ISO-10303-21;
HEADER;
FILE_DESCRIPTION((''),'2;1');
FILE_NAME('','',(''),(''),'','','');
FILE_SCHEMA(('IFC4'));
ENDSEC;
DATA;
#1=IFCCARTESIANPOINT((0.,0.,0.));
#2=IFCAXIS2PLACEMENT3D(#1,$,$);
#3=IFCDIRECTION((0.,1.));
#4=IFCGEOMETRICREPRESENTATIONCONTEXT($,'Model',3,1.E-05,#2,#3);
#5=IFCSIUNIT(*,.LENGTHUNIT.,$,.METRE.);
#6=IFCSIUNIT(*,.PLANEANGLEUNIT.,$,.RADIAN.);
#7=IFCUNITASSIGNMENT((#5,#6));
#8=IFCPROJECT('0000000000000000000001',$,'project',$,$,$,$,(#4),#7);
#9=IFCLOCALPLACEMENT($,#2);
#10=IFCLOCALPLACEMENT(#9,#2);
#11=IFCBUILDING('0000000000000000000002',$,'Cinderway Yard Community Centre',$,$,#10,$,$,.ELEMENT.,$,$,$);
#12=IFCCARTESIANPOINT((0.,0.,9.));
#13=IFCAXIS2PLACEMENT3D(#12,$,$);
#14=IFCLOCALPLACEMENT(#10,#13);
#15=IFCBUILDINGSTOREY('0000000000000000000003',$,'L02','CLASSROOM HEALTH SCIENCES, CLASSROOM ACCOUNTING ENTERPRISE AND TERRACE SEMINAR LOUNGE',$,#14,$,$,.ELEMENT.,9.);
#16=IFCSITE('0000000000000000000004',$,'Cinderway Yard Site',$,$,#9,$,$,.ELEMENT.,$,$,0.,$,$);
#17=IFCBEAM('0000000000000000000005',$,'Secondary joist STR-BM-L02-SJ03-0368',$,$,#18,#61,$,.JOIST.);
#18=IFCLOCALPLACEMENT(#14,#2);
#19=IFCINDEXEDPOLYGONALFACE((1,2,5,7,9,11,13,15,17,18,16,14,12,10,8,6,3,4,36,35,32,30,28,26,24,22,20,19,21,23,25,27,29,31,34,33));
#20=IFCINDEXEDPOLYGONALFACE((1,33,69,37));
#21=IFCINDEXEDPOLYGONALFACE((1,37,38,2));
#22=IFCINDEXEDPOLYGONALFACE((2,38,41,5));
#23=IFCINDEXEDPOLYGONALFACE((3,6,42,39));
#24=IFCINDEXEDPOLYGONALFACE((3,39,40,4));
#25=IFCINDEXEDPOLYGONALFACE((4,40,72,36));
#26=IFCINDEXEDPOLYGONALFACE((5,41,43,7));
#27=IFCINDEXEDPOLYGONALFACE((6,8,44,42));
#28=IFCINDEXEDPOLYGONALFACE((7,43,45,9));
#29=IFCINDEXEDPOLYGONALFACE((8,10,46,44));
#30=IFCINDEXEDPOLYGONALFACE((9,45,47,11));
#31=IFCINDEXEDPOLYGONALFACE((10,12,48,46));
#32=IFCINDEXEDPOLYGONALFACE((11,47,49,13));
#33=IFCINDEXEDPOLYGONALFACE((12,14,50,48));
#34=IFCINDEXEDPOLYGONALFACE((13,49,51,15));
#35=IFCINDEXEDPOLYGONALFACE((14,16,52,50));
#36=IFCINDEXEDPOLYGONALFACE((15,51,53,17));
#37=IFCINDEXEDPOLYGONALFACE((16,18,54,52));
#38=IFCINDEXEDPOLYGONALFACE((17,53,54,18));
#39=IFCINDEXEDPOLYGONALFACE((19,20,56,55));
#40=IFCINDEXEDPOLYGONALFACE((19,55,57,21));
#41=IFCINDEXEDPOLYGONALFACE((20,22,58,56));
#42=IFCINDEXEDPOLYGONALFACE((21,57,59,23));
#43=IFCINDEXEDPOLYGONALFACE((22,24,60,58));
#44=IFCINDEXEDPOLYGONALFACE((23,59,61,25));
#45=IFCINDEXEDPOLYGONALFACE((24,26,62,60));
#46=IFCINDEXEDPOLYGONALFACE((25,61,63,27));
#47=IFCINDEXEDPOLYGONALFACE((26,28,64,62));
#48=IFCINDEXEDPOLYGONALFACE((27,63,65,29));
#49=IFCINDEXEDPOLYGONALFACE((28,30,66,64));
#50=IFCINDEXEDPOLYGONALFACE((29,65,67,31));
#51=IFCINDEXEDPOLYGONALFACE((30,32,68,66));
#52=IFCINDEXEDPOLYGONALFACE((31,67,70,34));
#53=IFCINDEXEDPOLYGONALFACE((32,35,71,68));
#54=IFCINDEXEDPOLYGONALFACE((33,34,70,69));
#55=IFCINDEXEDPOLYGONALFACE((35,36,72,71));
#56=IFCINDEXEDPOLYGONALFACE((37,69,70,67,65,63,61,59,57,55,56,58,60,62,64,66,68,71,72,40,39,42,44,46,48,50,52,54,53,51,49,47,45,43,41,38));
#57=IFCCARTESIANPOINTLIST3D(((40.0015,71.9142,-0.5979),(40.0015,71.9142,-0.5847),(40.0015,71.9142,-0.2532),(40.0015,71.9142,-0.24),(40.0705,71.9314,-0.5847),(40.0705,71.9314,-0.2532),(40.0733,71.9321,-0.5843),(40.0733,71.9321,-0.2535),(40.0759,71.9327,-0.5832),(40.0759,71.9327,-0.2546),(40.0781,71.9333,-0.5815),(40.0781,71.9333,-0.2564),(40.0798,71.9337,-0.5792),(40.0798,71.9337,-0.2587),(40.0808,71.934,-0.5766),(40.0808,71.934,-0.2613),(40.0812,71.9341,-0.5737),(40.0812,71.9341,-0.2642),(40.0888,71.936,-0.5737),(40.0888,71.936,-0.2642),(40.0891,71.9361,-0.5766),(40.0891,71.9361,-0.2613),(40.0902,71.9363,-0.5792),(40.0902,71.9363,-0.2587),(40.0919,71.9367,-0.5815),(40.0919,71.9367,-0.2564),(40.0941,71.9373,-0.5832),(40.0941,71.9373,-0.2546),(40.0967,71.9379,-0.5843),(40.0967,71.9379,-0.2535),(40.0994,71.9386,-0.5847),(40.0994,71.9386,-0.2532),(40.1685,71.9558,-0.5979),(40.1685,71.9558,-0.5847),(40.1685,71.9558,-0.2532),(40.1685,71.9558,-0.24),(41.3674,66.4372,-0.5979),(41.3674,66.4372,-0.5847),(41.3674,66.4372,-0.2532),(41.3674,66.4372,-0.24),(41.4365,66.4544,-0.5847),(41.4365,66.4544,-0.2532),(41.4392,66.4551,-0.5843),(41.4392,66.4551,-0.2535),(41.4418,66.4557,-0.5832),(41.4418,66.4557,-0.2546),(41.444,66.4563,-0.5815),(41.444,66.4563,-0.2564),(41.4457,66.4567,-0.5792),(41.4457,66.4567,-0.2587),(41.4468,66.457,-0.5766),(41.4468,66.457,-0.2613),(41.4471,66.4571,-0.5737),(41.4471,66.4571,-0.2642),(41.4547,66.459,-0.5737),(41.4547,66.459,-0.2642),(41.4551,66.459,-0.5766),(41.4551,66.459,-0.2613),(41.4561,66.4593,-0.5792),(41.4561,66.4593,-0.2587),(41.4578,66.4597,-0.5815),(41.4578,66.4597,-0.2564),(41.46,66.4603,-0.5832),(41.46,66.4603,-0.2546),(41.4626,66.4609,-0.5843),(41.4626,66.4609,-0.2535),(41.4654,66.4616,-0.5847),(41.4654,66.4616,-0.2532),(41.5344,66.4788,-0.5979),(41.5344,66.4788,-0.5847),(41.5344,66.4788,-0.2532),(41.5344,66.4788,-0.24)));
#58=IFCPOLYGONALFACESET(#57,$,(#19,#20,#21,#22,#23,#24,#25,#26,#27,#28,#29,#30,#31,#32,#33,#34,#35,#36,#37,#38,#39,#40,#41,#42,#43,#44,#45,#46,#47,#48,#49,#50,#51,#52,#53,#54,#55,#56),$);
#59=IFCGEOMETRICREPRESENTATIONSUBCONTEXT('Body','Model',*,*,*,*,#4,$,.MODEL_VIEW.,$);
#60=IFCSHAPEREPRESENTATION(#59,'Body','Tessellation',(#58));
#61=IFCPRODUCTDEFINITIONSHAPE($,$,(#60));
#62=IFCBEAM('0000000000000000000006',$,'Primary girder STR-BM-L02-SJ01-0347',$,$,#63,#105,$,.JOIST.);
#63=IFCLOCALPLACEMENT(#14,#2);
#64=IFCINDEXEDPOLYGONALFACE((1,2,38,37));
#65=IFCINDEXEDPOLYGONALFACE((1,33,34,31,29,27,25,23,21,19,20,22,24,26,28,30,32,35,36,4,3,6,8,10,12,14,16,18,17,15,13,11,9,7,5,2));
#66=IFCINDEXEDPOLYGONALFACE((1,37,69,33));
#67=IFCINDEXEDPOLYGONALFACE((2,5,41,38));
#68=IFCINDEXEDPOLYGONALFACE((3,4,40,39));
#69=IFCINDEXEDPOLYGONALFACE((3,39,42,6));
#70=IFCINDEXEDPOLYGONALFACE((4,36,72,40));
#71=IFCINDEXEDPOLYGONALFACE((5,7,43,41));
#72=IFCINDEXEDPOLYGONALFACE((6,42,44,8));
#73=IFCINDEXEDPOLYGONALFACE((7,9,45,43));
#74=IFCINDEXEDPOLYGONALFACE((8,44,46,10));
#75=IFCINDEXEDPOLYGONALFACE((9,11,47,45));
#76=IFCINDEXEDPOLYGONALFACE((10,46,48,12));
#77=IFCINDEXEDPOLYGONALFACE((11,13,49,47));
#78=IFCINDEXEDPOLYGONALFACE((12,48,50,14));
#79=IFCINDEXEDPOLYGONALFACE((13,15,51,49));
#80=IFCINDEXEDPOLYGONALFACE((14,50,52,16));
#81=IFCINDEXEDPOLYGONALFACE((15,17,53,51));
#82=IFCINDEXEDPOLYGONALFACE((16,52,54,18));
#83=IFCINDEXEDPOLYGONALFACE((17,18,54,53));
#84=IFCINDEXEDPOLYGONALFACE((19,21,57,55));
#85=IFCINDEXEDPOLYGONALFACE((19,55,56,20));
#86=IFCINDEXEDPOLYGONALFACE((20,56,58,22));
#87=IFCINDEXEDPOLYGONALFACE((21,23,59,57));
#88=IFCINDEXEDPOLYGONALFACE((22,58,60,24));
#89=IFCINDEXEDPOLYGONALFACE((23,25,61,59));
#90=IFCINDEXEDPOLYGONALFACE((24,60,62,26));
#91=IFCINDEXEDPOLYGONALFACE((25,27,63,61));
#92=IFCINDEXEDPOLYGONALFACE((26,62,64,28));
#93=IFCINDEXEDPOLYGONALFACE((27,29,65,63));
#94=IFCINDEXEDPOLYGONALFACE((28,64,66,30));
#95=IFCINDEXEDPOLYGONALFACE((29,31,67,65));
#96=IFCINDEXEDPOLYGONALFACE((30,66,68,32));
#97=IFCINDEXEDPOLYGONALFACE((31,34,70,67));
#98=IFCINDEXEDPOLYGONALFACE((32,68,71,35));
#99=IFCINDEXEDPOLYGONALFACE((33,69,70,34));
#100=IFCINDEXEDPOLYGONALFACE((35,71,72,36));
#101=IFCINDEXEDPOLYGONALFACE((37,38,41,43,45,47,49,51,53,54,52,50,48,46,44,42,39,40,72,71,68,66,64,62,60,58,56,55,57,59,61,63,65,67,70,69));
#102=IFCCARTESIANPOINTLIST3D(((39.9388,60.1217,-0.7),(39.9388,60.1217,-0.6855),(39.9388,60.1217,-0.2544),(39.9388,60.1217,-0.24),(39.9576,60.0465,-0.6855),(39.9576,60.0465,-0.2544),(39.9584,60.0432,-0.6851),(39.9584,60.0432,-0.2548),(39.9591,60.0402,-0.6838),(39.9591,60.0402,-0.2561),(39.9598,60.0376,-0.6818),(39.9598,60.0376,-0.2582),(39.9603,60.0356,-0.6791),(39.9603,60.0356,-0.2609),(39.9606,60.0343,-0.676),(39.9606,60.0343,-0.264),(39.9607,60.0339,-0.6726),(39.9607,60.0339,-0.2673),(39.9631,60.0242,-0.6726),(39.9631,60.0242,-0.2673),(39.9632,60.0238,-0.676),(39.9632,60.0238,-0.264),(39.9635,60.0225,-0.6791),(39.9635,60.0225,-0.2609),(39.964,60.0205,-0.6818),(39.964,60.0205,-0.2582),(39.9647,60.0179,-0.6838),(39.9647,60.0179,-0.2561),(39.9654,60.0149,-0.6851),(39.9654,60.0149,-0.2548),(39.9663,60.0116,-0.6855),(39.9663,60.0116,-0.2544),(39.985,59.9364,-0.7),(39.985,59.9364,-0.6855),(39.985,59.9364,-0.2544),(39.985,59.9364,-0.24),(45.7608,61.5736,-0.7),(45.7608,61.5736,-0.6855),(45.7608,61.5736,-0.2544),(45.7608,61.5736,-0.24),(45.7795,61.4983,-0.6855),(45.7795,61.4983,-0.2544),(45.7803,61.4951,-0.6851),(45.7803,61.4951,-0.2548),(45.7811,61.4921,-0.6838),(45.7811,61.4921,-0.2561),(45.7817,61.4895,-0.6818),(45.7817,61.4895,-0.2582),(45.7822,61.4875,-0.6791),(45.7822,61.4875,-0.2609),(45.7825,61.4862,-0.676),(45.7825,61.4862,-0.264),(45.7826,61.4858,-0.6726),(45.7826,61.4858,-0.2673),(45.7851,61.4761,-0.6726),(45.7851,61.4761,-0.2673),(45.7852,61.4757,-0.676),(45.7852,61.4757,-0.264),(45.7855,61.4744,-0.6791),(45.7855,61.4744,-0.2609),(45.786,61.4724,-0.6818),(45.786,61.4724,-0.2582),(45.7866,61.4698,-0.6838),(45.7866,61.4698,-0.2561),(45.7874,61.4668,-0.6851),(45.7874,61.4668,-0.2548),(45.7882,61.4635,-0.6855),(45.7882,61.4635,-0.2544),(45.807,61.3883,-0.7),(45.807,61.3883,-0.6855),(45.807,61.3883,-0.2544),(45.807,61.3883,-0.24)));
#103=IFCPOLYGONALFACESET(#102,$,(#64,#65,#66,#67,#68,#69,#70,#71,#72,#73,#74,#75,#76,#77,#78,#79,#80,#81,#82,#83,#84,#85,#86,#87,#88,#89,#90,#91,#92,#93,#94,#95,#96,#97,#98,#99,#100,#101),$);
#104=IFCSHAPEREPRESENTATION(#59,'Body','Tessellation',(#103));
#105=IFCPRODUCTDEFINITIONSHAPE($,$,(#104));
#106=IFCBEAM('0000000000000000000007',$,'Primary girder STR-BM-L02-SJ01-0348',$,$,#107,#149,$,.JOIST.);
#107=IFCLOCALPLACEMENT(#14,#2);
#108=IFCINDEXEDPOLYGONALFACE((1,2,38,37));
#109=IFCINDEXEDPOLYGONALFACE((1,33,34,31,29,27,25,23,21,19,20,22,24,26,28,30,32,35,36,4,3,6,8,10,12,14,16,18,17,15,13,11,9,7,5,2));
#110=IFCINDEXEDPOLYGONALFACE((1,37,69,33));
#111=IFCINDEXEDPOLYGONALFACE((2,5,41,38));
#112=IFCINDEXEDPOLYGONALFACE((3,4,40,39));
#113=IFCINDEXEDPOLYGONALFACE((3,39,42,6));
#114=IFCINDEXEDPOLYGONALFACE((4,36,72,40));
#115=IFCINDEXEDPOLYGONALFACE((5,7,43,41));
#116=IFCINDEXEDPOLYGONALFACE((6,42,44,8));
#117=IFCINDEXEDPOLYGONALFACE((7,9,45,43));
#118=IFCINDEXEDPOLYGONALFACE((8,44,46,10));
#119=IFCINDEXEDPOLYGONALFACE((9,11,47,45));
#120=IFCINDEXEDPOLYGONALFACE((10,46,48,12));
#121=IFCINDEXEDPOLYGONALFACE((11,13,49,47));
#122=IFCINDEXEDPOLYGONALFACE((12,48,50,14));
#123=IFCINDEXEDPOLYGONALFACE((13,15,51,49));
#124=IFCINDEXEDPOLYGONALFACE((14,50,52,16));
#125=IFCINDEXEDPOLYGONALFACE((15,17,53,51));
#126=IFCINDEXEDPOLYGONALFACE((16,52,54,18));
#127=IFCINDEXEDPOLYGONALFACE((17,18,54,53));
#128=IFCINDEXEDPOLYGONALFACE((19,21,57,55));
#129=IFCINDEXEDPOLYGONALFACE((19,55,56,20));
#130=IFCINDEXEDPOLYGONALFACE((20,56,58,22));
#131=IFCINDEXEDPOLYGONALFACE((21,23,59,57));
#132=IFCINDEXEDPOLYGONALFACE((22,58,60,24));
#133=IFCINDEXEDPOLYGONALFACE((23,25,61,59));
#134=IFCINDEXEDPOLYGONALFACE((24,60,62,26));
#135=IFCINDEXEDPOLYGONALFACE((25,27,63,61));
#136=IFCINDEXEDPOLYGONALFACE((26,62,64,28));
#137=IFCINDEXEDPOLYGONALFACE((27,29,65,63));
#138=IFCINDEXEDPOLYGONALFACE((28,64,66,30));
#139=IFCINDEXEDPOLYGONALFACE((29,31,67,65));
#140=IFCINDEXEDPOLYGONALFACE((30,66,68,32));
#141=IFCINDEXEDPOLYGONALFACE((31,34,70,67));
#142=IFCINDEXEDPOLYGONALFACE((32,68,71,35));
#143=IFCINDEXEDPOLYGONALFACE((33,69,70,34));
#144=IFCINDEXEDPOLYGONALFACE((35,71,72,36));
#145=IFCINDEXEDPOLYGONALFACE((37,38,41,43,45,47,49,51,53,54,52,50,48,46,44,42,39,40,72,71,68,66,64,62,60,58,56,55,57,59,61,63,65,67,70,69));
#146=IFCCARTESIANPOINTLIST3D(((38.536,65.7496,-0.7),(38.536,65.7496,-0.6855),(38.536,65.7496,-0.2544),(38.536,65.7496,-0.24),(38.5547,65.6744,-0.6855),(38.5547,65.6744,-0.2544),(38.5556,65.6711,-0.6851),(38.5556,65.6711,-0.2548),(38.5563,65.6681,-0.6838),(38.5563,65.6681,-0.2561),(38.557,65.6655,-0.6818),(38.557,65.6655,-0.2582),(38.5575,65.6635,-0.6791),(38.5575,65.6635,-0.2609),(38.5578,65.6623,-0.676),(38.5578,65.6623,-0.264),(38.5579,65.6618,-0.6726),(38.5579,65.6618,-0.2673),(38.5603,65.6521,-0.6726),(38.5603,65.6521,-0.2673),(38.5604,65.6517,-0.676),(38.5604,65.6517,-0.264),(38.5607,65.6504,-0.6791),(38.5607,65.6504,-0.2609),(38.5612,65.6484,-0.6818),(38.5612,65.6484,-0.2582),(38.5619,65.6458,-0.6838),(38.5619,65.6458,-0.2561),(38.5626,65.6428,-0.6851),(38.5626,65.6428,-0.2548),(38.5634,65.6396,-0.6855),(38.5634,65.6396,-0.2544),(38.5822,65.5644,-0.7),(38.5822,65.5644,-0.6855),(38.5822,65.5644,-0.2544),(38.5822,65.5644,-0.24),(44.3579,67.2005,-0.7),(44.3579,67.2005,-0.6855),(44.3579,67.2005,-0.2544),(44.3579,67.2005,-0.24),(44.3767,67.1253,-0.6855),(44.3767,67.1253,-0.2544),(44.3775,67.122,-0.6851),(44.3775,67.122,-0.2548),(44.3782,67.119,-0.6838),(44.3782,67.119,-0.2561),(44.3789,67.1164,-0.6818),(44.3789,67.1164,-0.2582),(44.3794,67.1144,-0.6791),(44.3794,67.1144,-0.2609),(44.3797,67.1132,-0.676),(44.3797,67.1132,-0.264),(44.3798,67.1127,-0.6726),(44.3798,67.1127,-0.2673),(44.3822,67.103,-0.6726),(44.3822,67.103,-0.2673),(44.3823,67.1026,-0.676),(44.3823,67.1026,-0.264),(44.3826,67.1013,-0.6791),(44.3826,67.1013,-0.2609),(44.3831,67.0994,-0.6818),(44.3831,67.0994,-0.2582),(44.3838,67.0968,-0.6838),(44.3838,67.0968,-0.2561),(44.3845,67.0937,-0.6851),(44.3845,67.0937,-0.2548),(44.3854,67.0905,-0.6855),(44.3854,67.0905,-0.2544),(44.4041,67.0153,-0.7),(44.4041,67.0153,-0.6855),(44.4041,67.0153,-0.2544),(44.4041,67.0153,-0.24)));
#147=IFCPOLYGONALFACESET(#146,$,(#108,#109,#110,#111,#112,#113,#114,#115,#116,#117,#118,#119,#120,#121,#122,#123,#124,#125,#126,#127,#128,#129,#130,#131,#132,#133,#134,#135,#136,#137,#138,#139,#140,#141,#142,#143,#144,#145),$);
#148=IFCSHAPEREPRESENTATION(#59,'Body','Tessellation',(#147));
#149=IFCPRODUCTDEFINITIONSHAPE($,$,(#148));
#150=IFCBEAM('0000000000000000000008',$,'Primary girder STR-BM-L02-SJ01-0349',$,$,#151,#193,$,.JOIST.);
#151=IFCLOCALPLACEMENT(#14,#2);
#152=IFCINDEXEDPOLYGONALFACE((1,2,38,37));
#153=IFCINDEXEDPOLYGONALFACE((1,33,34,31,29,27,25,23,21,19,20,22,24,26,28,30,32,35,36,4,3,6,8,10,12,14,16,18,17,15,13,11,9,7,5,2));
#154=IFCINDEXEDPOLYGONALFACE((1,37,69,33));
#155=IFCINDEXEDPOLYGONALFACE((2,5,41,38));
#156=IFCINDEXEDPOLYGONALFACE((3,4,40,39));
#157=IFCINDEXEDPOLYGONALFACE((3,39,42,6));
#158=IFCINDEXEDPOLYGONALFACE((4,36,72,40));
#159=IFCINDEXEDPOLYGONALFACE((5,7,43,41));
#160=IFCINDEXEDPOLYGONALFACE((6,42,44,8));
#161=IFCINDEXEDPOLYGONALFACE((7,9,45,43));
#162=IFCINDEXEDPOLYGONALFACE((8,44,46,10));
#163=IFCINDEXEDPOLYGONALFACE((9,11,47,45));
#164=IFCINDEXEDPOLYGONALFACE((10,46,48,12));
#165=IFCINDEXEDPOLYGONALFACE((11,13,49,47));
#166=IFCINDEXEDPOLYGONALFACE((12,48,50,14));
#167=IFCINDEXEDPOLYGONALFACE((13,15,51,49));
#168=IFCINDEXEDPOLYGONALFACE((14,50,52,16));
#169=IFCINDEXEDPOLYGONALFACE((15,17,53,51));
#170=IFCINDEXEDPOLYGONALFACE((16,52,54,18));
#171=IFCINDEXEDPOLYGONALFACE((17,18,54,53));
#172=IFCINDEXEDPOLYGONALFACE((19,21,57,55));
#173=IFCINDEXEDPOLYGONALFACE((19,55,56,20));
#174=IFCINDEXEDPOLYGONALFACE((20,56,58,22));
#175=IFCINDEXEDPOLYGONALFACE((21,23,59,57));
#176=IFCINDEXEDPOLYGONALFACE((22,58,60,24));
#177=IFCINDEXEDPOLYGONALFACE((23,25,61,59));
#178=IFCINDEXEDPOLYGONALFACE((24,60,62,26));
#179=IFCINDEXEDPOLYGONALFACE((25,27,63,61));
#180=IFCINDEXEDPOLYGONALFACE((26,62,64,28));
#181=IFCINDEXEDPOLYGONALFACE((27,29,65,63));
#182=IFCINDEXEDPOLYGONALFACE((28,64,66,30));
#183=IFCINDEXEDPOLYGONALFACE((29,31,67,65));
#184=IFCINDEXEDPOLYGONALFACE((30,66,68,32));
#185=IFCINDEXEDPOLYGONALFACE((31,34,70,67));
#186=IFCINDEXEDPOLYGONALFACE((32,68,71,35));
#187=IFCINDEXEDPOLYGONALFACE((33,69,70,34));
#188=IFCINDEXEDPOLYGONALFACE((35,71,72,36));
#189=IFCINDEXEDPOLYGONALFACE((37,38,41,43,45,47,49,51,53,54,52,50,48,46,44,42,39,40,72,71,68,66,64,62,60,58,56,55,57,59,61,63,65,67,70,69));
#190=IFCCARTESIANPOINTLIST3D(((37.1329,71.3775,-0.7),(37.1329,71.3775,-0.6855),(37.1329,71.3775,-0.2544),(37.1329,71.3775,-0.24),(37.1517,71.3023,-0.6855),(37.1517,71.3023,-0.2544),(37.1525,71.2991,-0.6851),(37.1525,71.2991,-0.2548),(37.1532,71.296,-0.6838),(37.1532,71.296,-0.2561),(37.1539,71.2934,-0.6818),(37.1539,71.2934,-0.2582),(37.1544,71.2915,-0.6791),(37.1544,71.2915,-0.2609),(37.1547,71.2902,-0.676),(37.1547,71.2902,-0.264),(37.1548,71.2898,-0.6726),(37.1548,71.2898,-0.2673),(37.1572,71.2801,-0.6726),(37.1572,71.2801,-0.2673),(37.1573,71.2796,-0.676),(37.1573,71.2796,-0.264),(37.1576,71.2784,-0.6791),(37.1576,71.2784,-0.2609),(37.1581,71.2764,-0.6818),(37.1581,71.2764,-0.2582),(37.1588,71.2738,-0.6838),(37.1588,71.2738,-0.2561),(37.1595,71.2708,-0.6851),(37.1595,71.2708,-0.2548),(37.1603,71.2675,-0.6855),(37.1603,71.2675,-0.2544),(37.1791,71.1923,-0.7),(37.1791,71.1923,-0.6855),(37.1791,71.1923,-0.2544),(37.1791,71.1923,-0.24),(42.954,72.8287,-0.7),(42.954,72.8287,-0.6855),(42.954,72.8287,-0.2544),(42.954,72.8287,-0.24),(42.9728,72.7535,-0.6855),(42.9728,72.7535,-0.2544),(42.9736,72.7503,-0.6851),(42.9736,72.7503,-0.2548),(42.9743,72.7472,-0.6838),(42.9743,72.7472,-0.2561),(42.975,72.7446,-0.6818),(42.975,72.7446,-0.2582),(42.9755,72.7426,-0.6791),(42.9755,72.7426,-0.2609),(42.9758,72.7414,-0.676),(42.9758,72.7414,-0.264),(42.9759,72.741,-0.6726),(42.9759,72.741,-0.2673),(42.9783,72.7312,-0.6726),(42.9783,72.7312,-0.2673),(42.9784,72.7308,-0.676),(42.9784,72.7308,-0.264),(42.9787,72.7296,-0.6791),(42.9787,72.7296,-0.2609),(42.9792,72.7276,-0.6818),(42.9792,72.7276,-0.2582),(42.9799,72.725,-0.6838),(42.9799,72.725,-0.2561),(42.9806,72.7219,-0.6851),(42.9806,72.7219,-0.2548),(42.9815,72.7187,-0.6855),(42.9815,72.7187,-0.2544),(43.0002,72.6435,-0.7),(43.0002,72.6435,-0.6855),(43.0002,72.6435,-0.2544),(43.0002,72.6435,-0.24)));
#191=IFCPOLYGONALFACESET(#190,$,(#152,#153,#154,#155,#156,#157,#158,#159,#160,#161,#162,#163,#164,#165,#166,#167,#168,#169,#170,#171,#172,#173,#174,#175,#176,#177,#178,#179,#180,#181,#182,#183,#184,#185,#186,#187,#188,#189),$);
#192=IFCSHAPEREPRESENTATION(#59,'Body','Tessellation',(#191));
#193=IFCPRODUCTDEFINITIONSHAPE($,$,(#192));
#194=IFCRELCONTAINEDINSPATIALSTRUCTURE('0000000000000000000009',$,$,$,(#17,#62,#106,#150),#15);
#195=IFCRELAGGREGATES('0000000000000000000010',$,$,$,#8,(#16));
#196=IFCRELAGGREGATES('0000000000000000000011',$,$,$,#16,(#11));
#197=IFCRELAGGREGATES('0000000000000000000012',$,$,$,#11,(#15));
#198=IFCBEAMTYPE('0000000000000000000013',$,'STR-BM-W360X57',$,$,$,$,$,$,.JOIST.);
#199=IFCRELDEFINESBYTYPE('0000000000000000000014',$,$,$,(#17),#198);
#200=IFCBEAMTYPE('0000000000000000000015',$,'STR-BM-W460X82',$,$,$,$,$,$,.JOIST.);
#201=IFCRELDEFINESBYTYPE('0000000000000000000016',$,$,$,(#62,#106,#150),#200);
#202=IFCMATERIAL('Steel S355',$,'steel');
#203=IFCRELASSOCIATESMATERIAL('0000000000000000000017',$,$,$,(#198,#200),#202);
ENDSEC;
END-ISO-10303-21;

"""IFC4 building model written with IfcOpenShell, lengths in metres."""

from ifc_helpers import new_model, si_unit, direction, frame, origin, origin_2d, place, context, subcontext, project, spatial, i_section, extrude, material, material_profile, profile_set, type_object, element, save


model = new_model("IFC4")

# Units and contexts
model_context = context("Model", 3, precision=1e-05, world=origin(), true_north=direction((0.0, 1.0)))
body_context = subcontext(model_context, "Body", "Model", "MODEL_VIEW")
ifc_project = project(units=[si_unit("LENGTHUNIT", "METRE"), si_unit("PLANEANGLEUNIT", "RADIAN")], contexts=[model_context])

# Site, building, storey
site_placement = place(None, origin())
site = spatial("IfcSite", under=ifc_project, at=site_placement, Name="Cinderway Yard Site", CompositionType="ELEMENT", RefElevation=0.0)
building_placement = place(site_placement, origin())
building = spatial("IfcBuilding", under=site, at=building_placement, Name="Cinderway Yard Community Centre", CompositionType="ELEMENT")
storey_placement = place(building_placement, frame((0.0, 0.0, 9.0)))
storey = spatial("IfcBuildingStorey", under=building, at=storey_placement, Name="L02", Description="CLASSROOM HEALTH SCIENCES, CLASSROOM ACCOUNTING ENTERPRISE AND TERRACE SEMINAR LOUNGE", CompositionType="ELEMENT", Elevation=9.0)

# Beams
ifc_material_1 = material(Name="Steel S355", Category="steel")
ifc_material_profile_1 = material_profile(ifc_material_1, i_section(OverallWidth=0.1721, OverallDepth=0.3579, WebThickness=0.0078, FlangeThickness=0.0132, FilletRadius=0.011, at=origin_2d()), Name="Steel S355")
ifc_profile_set_1 = profile_set([ifc_material_profile_1], Name="Steel S355")
beam_type_1 = type_object("IfcBeamType", Name="STR-BM-W360X57", PredefinedType="JOIST", material=ifc_profile_set_1)
beam_1_placement = place(storey_placement, frame((41.4509, 66.458, -0.4189), z_axis=(-0.241986, 0.97028, 0.0), x_axis=(-0.97028, -0.241986, 0.0)))
element("IfcBeam", 1, at=beam_1_placement, inside=storey, type_object=beam_type_1, Name="Secondary joist STR-BM-L02-SJ03-0368", PredefinedType="JOIST", context=body_context, shape_type="SweptSolid", body=[
    extrude(i_section(OverallWidth=0.1721, OverallDepth=0.3579, WebThickness=0.0078, FlangeThickness=0.0132, FilletRadius=0.011, at=origin_2d()), origin(), (0.0, 0.0, 1.0), 5.6448),
])
ifc_material_profile_2 = material_profile(ifc_material_1, i_section(OverallWidth=0.1909, OverallDepth=0.46, WebThickness=0.01, FlangeThickness=0.0144, FilletRadius=0.0129, at=origin_2d()), Name="Steel S355")
ifc_profile_set_2 = profile_set([ifc_material_profile_2], Name="Steel S355")
beam_type_2 = type_object("IfcBeamType", Name="STR-BM-W460X82", PredefinedType="JOIST", material=ifc_profile_set_2)
beam_2_placement = place(storey_placement, frame((39.9619, 60.0291, -0.47), z_axis=(0.970284, 0.241971, 0.0), x_axis=(-0.241971, 0.970284, 0.0)))
element("IfcBeam", 2, at=beam_2_placement, inside=storey, type_object=beam_type_2, Name="Primary girder STR-BM-L02-SJ01-0347", PredefinedType="JOIST", context=body_context, shape_type="SweptSolid", body=[
    extrude(i_section(OverallWidth=0.1909, OverallDepth=0.46, WebThickness=0.01, FlangeThickness=0.0144, FilletRadius=0.0129, at=origin_2d()), origin(), (0.0, 0.0, 1.0), 6.0002),
])
beam_3_placement = place(storey_placement, frame((38.5591, 65.657, -0.47), z_axis=(0.970322, 0.241818, 0.0), x_axis=(-0.241818, 0.970322, 0.0)))
element("IfcBeam", 3, at=beam_3_placement, inside=storey, type_object=beam_type_2, Name="Primary girder STR-BM-L02-SJ01-0348", PredefinedType="JOIST", context=body_context, shape_type="SweptSolid", body=[
    extrude(i_section(OverallWidth=0.1909, OverallDepth=0.46, WebThickness=0.01, FlangeThickness=0.0144, FilletRadius=0.0129, at=origin_2d()), origin(), (0.0, 0.0, 1.0), 6.0),
])
beam_4_placement = place(storey_placement, frame((37.156, 71.2849, -0.47), z_axis=(0.970303, 0.241894, 0.0), x_axis=(-0.241894, 0.970303, 0.0)))
element("IfcBeam", 4, at=beam_4_placement, inside=storey, type_object=beam_type_2, Name="Primary girder STR-BM-L02-SJ01-0349", PredefinedType="JOIST", context=body_context, shape_type="SweptSolid", body=[
    extrude(i_section(OverallWidth=0.1909, OverallDepth=0.46, WebThickness=0.01, FlangeThickness=0.0144, FilletRadius=0.0129, at=origin_2d()), origin(), (0.0, 0.0, 1.0), 5.9993),
])

save(model, "model.ifc")
